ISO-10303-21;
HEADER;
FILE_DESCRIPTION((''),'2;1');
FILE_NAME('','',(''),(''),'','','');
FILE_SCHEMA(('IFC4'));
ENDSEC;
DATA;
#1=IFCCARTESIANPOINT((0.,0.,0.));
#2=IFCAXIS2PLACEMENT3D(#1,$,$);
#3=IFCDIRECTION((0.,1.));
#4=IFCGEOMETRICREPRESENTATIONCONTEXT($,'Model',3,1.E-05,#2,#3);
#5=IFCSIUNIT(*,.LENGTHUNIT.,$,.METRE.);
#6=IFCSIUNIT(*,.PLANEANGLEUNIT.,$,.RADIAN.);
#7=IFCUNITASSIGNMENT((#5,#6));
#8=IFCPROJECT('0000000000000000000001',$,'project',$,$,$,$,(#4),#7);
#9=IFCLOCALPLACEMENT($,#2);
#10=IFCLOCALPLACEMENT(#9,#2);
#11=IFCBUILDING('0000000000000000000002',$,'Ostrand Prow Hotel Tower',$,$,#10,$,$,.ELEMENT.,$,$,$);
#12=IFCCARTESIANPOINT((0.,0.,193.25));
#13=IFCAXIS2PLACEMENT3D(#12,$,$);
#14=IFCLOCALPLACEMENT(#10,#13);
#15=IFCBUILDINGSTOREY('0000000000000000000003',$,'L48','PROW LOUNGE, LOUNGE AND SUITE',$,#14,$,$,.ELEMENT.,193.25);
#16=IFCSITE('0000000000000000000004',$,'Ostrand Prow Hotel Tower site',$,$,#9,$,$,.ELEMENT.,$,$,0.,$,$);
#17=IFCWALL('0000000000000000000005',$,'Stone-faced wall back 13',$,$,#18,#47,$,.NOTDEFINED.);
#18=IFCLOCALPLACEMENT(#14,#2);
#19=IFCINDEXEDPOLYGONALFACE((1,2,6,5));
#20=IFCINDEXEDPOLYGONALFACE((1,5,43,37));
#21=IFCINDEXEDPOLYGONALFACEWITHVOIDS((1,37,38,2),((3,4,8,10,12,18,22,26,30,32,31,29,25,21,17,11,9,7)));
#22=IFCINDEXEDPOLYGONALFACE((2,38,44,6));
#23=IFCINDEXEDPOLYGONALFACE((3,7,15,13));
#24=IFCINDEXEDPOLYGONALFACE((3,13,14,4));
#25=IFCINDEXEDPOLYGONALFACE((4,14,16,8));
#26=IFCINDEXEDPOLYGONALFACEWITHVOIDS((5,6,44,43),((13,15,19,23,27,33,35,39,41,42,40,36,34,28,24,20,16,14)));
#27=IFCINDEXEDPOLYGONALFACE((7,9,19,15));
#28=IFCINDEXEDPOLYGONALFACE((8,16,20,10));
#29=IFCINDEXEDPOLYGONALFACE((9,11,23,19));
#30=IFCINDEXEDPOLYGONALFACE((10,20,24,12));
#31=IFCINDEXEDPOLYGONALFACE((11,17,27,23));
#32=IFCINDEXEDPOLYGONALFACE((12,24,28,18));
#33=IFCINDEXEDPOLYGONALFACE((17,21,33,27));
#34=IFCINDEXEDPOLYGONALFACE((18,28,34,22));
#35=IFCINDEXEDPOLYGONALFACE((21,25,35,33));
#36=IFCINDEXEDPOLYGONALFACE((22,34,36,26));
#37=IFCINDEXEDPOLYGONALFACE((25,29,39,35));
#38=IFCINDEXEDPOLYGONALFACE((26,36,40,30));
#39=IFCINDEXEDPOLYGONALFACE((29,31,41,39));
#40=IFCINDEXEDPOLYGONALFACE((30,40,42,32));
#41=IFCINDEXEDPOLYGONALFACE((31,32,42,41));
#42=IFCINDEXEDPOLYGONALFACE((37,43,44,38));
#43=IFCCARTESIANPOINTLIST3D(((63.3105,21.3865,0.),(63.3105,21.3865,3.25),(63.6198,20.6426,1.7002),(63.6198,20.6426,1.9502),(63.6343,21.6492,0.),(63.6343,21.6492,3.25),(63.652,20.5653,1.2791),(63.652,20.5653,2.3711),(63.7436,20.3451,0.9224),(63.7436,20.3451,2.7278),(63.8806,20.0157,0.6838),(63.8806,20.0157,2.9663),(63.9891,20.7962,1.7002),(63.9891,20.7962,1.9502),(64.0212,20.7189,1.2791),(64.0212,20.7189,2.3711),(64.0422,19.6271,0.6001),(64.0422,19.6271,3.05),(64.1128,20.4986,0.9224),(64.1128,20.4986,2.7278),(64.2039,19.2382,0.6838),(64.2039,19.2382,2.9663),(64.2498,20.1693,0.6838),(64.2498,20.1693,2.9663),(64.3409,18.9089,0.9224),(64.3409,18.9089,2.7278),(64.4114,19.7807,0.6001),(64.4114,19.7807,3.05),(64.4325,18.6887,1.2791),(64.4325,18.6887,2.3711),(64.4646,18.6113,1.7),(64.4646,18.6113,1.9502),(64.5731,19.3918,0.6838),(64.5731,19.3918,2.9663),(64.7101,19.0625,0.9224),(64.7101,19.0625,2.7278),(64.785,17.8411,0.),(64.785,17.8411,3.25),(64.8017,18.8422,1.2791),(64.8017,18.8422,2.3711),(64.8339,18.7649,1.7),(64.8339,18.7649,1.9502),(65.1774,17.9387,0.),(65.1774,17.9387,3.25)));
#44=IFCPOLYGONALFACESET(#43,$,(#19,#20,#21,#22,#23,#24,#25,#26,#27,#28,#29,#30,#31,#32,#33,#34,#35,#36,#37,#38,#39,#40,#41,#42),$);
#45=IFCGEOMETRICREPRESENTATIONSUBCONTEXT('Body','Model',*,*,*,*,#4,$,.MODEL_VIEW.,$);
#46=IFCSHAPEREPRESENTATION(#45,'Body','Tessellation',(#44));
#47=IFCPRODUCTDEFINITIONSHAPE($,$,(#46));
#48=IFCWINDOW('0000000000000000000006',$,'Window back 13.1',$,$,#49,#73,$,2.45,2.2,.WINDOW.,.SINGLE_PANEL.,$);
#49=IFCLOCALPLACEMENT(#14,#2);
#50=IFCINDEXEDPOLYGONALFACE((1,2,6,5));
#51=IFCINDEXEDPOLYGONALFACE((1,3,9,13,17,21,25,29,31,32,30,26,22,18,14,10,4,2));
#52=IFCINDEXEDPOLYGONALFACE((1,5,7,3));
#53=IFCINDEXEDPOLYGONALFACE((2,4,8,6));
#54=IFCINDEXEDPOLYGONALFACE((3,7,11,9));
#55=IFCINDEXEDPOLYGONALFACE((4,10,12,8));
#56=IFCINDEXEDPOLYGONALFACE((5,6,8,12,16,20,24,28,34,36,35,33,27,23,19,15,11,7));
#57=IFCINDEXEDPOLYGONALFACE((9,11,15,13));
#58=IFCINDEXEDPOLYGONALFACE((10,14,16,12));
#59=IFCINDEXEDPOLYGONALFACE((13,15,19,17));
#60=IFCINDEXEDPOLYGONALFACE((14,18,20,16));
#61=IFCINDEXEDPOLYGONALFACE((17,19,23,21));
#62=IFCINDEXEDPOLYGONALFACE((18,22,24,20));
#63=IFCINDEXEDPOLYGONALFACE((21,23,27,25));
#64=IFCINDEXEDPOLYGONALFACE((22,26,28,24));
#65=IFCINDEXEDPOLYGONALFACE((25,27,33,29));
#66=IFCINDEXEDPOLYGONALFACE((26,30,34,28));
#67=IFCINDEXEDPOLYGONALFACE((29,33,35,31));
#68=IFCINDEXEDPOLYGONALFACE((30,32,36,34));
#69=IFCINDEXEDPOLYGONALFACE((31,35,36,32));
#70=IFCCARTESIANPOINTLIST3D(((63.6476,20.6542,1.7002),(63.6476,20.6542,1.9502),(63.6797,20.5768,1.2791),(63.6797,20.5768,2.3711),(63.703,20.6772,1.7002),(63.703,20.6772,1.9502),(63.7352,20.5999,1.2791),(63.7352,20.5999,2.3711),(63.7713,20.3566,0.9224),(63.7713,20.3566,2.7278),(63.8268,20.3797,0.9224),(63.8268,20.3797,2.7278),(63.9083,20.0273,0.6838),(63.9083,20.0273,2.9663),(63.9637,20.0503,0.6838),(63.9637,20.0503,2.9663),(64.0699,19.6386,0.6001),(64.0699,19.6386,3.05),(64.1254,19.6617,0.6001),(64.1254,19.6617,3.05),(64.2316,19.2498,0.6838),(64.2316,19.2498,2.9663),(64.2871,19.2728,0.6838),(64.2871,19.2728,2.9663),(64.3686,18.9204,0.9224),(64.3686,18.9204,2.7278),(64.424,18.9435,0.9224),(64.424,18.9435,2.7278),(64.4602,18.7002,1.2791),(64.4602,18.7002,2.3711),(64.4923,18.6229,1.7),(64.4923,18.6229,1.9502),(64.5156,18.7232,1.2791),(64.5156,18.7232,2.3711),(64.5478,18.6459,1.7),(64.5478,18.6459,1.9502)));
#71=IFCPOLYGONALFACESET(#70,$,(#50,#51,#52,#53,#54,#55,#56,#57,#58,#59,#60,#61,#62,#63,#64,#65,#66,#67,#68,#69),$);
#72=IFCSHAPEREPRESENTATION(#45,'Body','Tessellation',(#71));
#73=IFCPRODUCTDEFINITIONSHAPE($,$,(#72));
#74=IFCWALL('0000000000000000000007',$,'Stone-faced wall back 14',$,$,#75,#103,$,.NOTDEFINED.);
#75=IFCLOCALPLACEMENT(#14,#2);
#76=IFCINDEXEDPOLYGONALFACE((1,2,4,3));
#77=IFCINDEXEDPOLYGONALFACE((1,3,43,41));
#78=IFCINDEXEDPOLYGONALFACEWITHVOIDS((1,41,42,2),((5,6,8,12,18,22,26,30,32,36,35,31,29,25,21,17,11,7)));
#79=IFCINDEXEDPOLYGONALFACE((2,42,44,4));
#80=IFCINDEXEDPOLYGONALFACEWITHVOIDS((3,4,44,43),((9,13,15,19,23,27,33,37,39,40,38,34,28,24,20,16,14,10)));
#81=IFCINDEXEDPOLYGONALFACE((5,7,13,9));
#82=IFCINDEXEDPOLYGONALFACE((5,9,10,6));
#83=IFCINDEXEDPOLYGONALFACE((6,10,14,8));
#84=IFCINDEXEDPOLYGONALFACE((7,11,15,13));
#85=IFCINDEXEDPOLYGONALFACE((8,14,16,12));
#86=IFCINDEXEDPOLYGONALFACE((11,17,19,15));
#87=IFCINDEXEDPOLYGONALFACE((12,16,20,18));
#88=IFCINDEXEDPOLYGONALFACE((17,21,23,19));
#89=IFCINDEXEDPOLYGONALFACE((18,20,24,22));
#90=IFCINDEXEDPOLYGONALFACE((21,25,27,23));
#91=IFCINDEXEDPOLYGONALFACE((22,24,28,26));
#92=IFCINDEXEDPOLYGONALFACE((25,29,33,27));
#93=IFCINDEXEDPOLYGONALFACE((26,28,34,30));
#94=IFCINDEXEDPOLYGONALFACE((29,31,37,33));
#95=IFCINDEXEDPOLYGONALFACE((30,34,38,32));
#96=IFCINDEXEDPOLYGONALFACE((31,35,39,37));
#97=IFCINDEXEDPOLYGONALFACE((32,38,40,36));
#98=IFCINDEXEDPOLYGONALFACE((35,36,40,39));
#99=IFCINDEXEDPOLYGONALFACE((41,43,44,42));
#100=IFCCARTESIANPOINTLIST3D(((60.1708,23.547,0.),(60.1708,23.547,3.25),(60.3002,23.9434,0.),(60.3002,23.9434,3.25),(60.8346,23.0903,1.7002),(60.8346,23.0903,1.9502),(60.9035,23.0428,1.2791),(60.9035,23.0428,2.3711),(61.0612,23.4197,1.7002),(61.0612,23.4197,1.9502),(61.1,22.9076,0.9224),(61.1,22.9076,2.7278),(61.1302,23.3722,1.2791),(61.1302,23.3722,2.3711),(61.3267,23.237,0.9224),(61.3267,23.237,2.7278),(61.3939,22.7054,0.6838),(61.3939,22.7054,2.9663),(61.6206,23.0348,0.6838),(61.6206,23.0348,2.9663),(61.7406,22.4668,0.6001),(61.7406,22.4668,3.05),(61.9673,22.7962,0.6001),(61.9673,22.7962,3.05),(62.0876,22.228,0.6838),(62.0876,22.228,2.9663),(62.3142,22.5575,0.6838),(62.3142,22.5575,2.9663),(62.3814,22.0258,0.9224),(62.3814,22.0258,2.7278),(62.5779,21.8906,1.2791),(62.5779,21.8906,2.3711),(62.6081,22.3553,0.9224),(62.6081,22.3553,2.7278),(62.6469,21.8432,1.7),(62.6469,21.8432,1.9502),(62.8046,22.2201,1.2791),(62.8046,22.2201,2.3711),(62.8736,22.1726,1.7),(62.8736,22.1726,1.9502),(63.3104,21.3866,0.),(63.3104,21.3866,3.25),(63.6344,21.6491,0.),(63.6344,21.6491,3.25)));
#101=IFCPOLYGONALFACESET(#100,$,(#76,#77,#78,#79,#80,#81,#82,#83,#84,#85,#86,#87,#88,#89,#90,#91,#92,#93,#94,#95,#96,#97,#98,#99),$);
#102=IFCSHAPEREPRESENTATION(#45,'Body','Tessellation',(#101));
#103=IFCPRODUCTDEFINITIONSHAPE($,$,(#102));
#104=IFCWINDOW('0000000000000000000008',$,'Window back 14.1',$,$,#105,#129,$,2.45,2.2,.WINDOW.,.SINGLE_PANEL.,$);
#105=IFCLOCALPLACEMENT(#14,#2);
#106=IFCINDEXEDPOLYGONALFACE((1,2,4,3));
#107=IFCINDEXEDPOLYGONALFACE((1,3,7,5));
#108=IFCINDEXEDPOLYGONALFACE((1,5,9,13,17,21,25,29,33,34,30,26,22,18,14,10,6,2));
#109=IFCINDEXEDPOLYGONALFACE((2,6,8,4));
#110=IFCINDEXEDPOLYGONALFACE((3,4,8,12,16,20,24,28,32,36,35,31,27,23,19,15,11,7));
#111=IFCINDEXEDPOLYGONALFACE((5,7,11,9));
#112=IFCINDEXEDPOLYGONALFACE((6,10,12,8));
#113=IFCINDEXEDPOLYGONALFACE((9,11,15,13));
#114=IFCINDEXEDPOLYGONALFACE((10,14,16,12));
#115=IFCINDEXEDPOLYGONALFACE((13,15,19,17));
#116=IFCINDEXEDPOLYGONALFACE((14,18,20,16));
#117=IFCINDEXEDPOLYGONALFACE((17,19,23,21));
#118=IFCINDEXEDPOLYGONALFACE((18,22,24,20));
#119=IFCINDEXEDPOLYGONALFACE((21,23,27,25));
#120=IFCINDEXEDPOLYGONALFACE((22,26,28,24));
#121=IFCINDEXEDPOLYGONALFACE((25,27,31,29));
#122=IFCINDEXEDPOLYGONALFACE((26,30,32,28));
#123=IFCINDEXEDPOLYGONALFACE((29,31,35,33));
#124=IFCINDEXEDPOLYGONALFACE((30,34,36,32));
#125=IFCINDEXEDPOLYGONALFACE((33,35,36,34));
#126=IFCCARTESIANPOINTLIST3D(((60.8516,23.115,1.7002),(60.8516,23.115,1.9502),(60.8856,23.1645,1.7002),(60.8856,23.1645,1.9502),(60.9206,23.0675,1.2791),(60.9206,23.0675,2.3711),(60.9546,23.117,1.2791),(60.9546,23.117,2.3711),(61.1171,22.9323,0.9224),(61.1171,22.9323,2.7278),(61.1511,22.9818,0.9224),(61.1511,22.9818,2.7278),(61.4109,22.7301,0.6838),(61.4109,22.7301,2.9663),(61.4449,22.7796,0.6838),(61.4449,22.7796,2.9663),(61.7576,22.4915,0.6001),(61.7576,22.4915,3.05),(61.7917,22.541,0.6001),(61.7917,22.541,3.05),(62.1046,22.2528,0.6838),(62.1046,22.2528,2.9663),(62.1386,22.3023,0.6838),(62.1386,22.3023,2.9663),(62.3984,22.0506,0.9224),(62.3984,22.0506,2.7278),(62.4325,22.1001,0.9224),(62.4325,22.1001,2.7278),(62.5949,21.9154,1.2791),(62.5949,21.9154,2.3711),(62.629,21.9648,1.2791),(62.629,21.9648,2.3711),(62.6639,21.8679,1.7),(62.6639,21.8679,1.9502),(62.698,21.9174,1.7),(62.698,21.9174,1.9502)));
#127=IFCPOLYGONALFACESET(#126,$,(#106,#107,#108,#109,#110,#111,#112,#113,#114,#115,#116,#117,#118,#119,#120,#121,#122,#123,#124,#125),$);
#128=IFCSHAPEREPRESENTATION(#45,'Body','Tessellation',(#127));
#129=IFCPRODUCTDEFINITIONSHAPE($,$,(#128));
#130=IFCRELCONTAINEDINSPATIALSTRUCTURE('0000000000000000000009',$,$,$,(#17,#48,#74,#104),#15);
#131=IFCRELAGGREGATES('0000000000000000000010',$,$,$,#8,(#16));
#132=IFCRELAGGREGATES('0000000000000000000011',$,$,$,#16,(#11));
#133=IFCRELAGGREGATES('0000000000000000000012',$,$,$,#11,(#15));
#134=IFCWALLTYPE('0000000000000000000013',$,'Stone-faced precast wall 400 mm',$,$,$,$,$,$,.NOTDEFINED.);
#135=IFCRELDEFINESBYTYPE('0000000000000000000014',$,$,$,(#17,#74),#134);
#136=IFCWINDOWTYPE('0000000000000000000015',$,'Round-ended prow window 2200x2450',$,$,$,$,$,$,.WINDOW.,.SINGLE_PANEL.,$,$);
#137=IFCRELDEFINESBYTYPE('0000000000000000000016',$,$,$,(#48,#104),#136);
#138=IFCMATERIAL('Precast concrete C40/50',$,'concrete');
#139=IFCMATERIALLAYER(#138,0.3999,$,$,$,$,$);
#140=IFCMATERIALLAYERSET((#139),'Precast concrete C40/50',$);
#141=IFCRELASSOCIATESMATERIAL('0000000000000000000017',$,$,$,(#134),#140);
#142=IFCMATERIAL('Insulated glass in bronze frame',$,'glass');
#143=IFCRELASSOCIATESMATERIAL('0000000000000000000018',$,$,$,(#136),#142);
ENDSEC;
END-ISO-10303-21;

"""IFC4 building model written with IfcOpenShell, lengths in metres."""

from ifc_helpers import new_model, si_unit, direction, frame, origin, place, context, subcontext, project, spatial, polyline, outline, extrude, material, layer, layer_set, type_object, element, fill, save


model = new_model("IFC4")

# Units and contexts
model_context = context("Model", 3, precision=1e-05, world=origin(), true_north=direction((0.0, 1.0)))
body_context = subcontext(model_context, "Body", "Model", "MODEL_VIEW")
ifc_project = project(units=[si_unit("LENGTHUNIT", "METRE"), si_unit("PLANEANGLEUNIT", "RADIAN")], contexts=[model_context])

# Site, building, storey
site_placement = place(None, origin())
site = spatial("IfcSite", under=ifc_project, at=site_placement, Name="Ostrand Prow Hotel Tower site", CompositionType="ELEMENT", RefElevation=0.0)
building_placement = place(site_placement, origin())
building = spatial("IfcBuilding", under=site, at=building_placement, Name="Ostrand Prow Hotel Tower", CompositionType="ELEMENT")
storey_placement = place(building_placement, frame((0.0, 0.0, 193.25)))
storey = spatial("IfcBuildingStorey", under=building, at=storey_placement, Name="L48", Description="PROW LOUNGE, LOUNGE AND SUITE", CompositionType="ELEMENT", Elevation=193.25)

# Walls, openings, windows
ifc_material_1 = material(Name="Precast concrete C40/50", Category="concrete")
ifc_layer_1 = layer(ifc_material_1, 0.3999)
ifc_layer_set_1 = layer_set([ifc_layer_1], Name="Precast concrete C40/50")
wall_type_1 = type_object("IfcWallType", Name="Stone-faced precast wall 400 mm", PredefinedType="NOTDEFINED", material=ifc_layer_set_1)
wall_1_placement = place(storey_placement, frame((64.9812, 17.8899, 0.0), z_axis=(0.0, 0.0, 1.0), x_axis=(-0.383998, 0.923334, 0.0)))
wall_1 = element("IfcWall", 1, at=wall_1_placement, inside=storey, type_object=wall_type_1, Name="Stone-faced wall back 13", PredefinedType="NOTDEFINED", context=body_context, shape_type="SweptSolid", body=[
    extrude(outline(polyline([(-0.0303, -0.2), (3.9883, -0.2), (3.8701, 0.2), (0.0303, 0.2), (-0.0303, -0.2)])), origin(), (0.0, 0.0, 1.0), 3.25),
])
opening_1_placement = place(wall_1_placement, frame((0.8645, 0.0, 0.6001)))
opening_1 = element("IfcOpeningElement", 2, at=opening_1_placement, cuts=wall_1, PredefinedType="OPENING", context=body_context, shape_type="SweptSolid", body=[
    extrude(outline(polyline([(0.0, 1.3501), (0.0837, 1.771), (0.3223, 2.1277), (0.679, 2.3662), (1.1001, 2.45), (1.521, 2.3662), (1.8777, 2.1277), (2.1162, 1.771), (2.2, 1.3501), (2.2, 1.1001), (2.1162, 0.679), (1.8777, 0.3223), (1.521, 0.0837), (1.1001, 0.0), (0.679, 0.0837), (0.3223, 0.3223), (0.0837, 0.679), (0.0, 1.0999), (0.0, 1.3501)])), frame((0.0, 0.21, 0.0), z_axis=(0.0, -1.0, 0.0), x_axis=(1.0, 0.0, 0.0)), (0.0, 0.0, 1.0), 0.4199),
])
ifc_material_2 = material(Name="Insulated glass in bronze frame", Category="glass")
window_type_1 = type_object("IfcWindowType", Name="Round-ended prow window 2200x2450", PartitioningType="SINGLE_PANEL", PredefinedType="WINDOW", material=ifc_material_2)
window_1_placement = place(opening_1_placement, origin())
window_1 = element("IfcWindow", 3, at=window_1_placement, inside=storey, type_object=window_type_1, Name="Window back 13.1", OverallHeight=2.45, OverallWidth=2.2, PartitioningType="SINGLE_PANEL", PredefinedType="WINDOW", context=body_context, shape_type="SweptSolid", body=[
    extrude(outline(polyline([(0.0, 1.3501), (0.0837, 1.771), (0.3223, 2.1277), (0.679, 2.3662), (1.1001, 2.45), (1.521, 2.3662), (1.8777, 2.1277), (2.1162, 1.771), (2.2, 1.3501), (2.2, 1.1001), (2.1162, 0.679), (1.8777, 0.3223), (1.521, 0.0837), (1.1001, 0.0), (0.679, 0.0837), (0.3223, 0.3223), (0.0837, 0.679), (0.0, 1.0999), (0.0, 1.3501)])), frame((0.0, 0.1699, 0.0), z_axis=(0.0, -1.0, 0.0), x_axis=(1.0, 0.0, 0.0)), (0.0, 0.0, 1.0), 0.0601),
])
fill(opening_1, window_1)
wall_2_placement = place(storey_placement, frame((63.4724, 21.5178, 0.0), z_axis=(0.0, 0.0, 1.0), x_axis=(-0.823806, 0.566872, 0.0)))
wall_2 = element("IfcWall", 4, at=wall_2_placement, inside=storey, type_object=wall_type_1, Name="Stone-faced wall back 14", PredefinedType="NOTDEFINED", context=body_context, shape_type="SweptSolid", body=[
    extrude(outline(polyline([(-0.0591, -0.2), (3.9883, -0.2), (3.8701, 0.2), (0.0591, 0.2), (-0.0591, -0.2)])), origin(), (0.0, 0.0, 1.0), 3.25),
])
opening_2_placement = place(wall_2_placement, frame((0.8645, 0.0, 0.6001)))
opening_2 = element("IfcOpeningElement", 5, at=opening_2_placement, cuts=wall_2, PredefinedType="OPENING", context=body_context, shape_type="SweptSolid", body=[
    extrude(outline(polyline([(0.0, 1.3501), (0.0837, 1.771), (0.3223, 2.1277), (0.679, 2.3662), (1.1001, 2.45), (1.521, 2.3662), (1.8777, 2.1277), (2.1162, 1.771), (2.2, 1.3501), (2.2, 1.1001), (2.1162, 0.679), (1.8777, 0.3223), (1.521, 0.0837), (1.1001, 0.0), (0.679, 0.0837), (0.3223, 0.3223), (0.0837, 0.679), (0.0, 1.0999), (0.0, 1.3501)])), frame((0.0, 0.21, 0.0), z_axis=(0.0, -1.0, 0.0), x_axis=(1.0, 0.0, 0.0)), (0.0, 0.0, 1.0), 0.4199),
])
window_2_placement = place(opening_2_placement, origin())
window_2 = element("IfcWindow", 6, at=window_2_placement, inside=storey, type_object=window_type_1, Name="Window back 14.1", OverallHeight=2.45, OverallWidth=2.2, PartitioningType="SINGLE_PANEL", PredefinedType="WINDOW", context=body_context, shape_type="SweptSolid", body=[
    extrude(outline(polyline([(0.0, 1.3501), (0.0837, 1.771), (0.3223, 2.1277), (0.679, 2.3662), (1.1001, 2.45), (1.521, 2.3662), (1.8777, 2.1277), (2.1162, 1.771), (2.2, 1.3501), (2.2, 1.1001), (2.1162, 0.679), (1.8777, 0.3223), (1.521, 0.0837), (1.1001, 0.0), (0.679, 0.0837), (0.3223, 0.3223), (0.0837, 0.679), (0.0, 1.0999), (0.0, 1.3501)])), frame((0.0, 0.1699, 0.0), z_axis=(0.0, -1.0, 0.0), x_axis=(1.0, 0.0, 0.0)), (0.0, 0.0, 1.0), 0.0601),
])
fill(opening_2, window_2)

save(model, "model.ifc")
